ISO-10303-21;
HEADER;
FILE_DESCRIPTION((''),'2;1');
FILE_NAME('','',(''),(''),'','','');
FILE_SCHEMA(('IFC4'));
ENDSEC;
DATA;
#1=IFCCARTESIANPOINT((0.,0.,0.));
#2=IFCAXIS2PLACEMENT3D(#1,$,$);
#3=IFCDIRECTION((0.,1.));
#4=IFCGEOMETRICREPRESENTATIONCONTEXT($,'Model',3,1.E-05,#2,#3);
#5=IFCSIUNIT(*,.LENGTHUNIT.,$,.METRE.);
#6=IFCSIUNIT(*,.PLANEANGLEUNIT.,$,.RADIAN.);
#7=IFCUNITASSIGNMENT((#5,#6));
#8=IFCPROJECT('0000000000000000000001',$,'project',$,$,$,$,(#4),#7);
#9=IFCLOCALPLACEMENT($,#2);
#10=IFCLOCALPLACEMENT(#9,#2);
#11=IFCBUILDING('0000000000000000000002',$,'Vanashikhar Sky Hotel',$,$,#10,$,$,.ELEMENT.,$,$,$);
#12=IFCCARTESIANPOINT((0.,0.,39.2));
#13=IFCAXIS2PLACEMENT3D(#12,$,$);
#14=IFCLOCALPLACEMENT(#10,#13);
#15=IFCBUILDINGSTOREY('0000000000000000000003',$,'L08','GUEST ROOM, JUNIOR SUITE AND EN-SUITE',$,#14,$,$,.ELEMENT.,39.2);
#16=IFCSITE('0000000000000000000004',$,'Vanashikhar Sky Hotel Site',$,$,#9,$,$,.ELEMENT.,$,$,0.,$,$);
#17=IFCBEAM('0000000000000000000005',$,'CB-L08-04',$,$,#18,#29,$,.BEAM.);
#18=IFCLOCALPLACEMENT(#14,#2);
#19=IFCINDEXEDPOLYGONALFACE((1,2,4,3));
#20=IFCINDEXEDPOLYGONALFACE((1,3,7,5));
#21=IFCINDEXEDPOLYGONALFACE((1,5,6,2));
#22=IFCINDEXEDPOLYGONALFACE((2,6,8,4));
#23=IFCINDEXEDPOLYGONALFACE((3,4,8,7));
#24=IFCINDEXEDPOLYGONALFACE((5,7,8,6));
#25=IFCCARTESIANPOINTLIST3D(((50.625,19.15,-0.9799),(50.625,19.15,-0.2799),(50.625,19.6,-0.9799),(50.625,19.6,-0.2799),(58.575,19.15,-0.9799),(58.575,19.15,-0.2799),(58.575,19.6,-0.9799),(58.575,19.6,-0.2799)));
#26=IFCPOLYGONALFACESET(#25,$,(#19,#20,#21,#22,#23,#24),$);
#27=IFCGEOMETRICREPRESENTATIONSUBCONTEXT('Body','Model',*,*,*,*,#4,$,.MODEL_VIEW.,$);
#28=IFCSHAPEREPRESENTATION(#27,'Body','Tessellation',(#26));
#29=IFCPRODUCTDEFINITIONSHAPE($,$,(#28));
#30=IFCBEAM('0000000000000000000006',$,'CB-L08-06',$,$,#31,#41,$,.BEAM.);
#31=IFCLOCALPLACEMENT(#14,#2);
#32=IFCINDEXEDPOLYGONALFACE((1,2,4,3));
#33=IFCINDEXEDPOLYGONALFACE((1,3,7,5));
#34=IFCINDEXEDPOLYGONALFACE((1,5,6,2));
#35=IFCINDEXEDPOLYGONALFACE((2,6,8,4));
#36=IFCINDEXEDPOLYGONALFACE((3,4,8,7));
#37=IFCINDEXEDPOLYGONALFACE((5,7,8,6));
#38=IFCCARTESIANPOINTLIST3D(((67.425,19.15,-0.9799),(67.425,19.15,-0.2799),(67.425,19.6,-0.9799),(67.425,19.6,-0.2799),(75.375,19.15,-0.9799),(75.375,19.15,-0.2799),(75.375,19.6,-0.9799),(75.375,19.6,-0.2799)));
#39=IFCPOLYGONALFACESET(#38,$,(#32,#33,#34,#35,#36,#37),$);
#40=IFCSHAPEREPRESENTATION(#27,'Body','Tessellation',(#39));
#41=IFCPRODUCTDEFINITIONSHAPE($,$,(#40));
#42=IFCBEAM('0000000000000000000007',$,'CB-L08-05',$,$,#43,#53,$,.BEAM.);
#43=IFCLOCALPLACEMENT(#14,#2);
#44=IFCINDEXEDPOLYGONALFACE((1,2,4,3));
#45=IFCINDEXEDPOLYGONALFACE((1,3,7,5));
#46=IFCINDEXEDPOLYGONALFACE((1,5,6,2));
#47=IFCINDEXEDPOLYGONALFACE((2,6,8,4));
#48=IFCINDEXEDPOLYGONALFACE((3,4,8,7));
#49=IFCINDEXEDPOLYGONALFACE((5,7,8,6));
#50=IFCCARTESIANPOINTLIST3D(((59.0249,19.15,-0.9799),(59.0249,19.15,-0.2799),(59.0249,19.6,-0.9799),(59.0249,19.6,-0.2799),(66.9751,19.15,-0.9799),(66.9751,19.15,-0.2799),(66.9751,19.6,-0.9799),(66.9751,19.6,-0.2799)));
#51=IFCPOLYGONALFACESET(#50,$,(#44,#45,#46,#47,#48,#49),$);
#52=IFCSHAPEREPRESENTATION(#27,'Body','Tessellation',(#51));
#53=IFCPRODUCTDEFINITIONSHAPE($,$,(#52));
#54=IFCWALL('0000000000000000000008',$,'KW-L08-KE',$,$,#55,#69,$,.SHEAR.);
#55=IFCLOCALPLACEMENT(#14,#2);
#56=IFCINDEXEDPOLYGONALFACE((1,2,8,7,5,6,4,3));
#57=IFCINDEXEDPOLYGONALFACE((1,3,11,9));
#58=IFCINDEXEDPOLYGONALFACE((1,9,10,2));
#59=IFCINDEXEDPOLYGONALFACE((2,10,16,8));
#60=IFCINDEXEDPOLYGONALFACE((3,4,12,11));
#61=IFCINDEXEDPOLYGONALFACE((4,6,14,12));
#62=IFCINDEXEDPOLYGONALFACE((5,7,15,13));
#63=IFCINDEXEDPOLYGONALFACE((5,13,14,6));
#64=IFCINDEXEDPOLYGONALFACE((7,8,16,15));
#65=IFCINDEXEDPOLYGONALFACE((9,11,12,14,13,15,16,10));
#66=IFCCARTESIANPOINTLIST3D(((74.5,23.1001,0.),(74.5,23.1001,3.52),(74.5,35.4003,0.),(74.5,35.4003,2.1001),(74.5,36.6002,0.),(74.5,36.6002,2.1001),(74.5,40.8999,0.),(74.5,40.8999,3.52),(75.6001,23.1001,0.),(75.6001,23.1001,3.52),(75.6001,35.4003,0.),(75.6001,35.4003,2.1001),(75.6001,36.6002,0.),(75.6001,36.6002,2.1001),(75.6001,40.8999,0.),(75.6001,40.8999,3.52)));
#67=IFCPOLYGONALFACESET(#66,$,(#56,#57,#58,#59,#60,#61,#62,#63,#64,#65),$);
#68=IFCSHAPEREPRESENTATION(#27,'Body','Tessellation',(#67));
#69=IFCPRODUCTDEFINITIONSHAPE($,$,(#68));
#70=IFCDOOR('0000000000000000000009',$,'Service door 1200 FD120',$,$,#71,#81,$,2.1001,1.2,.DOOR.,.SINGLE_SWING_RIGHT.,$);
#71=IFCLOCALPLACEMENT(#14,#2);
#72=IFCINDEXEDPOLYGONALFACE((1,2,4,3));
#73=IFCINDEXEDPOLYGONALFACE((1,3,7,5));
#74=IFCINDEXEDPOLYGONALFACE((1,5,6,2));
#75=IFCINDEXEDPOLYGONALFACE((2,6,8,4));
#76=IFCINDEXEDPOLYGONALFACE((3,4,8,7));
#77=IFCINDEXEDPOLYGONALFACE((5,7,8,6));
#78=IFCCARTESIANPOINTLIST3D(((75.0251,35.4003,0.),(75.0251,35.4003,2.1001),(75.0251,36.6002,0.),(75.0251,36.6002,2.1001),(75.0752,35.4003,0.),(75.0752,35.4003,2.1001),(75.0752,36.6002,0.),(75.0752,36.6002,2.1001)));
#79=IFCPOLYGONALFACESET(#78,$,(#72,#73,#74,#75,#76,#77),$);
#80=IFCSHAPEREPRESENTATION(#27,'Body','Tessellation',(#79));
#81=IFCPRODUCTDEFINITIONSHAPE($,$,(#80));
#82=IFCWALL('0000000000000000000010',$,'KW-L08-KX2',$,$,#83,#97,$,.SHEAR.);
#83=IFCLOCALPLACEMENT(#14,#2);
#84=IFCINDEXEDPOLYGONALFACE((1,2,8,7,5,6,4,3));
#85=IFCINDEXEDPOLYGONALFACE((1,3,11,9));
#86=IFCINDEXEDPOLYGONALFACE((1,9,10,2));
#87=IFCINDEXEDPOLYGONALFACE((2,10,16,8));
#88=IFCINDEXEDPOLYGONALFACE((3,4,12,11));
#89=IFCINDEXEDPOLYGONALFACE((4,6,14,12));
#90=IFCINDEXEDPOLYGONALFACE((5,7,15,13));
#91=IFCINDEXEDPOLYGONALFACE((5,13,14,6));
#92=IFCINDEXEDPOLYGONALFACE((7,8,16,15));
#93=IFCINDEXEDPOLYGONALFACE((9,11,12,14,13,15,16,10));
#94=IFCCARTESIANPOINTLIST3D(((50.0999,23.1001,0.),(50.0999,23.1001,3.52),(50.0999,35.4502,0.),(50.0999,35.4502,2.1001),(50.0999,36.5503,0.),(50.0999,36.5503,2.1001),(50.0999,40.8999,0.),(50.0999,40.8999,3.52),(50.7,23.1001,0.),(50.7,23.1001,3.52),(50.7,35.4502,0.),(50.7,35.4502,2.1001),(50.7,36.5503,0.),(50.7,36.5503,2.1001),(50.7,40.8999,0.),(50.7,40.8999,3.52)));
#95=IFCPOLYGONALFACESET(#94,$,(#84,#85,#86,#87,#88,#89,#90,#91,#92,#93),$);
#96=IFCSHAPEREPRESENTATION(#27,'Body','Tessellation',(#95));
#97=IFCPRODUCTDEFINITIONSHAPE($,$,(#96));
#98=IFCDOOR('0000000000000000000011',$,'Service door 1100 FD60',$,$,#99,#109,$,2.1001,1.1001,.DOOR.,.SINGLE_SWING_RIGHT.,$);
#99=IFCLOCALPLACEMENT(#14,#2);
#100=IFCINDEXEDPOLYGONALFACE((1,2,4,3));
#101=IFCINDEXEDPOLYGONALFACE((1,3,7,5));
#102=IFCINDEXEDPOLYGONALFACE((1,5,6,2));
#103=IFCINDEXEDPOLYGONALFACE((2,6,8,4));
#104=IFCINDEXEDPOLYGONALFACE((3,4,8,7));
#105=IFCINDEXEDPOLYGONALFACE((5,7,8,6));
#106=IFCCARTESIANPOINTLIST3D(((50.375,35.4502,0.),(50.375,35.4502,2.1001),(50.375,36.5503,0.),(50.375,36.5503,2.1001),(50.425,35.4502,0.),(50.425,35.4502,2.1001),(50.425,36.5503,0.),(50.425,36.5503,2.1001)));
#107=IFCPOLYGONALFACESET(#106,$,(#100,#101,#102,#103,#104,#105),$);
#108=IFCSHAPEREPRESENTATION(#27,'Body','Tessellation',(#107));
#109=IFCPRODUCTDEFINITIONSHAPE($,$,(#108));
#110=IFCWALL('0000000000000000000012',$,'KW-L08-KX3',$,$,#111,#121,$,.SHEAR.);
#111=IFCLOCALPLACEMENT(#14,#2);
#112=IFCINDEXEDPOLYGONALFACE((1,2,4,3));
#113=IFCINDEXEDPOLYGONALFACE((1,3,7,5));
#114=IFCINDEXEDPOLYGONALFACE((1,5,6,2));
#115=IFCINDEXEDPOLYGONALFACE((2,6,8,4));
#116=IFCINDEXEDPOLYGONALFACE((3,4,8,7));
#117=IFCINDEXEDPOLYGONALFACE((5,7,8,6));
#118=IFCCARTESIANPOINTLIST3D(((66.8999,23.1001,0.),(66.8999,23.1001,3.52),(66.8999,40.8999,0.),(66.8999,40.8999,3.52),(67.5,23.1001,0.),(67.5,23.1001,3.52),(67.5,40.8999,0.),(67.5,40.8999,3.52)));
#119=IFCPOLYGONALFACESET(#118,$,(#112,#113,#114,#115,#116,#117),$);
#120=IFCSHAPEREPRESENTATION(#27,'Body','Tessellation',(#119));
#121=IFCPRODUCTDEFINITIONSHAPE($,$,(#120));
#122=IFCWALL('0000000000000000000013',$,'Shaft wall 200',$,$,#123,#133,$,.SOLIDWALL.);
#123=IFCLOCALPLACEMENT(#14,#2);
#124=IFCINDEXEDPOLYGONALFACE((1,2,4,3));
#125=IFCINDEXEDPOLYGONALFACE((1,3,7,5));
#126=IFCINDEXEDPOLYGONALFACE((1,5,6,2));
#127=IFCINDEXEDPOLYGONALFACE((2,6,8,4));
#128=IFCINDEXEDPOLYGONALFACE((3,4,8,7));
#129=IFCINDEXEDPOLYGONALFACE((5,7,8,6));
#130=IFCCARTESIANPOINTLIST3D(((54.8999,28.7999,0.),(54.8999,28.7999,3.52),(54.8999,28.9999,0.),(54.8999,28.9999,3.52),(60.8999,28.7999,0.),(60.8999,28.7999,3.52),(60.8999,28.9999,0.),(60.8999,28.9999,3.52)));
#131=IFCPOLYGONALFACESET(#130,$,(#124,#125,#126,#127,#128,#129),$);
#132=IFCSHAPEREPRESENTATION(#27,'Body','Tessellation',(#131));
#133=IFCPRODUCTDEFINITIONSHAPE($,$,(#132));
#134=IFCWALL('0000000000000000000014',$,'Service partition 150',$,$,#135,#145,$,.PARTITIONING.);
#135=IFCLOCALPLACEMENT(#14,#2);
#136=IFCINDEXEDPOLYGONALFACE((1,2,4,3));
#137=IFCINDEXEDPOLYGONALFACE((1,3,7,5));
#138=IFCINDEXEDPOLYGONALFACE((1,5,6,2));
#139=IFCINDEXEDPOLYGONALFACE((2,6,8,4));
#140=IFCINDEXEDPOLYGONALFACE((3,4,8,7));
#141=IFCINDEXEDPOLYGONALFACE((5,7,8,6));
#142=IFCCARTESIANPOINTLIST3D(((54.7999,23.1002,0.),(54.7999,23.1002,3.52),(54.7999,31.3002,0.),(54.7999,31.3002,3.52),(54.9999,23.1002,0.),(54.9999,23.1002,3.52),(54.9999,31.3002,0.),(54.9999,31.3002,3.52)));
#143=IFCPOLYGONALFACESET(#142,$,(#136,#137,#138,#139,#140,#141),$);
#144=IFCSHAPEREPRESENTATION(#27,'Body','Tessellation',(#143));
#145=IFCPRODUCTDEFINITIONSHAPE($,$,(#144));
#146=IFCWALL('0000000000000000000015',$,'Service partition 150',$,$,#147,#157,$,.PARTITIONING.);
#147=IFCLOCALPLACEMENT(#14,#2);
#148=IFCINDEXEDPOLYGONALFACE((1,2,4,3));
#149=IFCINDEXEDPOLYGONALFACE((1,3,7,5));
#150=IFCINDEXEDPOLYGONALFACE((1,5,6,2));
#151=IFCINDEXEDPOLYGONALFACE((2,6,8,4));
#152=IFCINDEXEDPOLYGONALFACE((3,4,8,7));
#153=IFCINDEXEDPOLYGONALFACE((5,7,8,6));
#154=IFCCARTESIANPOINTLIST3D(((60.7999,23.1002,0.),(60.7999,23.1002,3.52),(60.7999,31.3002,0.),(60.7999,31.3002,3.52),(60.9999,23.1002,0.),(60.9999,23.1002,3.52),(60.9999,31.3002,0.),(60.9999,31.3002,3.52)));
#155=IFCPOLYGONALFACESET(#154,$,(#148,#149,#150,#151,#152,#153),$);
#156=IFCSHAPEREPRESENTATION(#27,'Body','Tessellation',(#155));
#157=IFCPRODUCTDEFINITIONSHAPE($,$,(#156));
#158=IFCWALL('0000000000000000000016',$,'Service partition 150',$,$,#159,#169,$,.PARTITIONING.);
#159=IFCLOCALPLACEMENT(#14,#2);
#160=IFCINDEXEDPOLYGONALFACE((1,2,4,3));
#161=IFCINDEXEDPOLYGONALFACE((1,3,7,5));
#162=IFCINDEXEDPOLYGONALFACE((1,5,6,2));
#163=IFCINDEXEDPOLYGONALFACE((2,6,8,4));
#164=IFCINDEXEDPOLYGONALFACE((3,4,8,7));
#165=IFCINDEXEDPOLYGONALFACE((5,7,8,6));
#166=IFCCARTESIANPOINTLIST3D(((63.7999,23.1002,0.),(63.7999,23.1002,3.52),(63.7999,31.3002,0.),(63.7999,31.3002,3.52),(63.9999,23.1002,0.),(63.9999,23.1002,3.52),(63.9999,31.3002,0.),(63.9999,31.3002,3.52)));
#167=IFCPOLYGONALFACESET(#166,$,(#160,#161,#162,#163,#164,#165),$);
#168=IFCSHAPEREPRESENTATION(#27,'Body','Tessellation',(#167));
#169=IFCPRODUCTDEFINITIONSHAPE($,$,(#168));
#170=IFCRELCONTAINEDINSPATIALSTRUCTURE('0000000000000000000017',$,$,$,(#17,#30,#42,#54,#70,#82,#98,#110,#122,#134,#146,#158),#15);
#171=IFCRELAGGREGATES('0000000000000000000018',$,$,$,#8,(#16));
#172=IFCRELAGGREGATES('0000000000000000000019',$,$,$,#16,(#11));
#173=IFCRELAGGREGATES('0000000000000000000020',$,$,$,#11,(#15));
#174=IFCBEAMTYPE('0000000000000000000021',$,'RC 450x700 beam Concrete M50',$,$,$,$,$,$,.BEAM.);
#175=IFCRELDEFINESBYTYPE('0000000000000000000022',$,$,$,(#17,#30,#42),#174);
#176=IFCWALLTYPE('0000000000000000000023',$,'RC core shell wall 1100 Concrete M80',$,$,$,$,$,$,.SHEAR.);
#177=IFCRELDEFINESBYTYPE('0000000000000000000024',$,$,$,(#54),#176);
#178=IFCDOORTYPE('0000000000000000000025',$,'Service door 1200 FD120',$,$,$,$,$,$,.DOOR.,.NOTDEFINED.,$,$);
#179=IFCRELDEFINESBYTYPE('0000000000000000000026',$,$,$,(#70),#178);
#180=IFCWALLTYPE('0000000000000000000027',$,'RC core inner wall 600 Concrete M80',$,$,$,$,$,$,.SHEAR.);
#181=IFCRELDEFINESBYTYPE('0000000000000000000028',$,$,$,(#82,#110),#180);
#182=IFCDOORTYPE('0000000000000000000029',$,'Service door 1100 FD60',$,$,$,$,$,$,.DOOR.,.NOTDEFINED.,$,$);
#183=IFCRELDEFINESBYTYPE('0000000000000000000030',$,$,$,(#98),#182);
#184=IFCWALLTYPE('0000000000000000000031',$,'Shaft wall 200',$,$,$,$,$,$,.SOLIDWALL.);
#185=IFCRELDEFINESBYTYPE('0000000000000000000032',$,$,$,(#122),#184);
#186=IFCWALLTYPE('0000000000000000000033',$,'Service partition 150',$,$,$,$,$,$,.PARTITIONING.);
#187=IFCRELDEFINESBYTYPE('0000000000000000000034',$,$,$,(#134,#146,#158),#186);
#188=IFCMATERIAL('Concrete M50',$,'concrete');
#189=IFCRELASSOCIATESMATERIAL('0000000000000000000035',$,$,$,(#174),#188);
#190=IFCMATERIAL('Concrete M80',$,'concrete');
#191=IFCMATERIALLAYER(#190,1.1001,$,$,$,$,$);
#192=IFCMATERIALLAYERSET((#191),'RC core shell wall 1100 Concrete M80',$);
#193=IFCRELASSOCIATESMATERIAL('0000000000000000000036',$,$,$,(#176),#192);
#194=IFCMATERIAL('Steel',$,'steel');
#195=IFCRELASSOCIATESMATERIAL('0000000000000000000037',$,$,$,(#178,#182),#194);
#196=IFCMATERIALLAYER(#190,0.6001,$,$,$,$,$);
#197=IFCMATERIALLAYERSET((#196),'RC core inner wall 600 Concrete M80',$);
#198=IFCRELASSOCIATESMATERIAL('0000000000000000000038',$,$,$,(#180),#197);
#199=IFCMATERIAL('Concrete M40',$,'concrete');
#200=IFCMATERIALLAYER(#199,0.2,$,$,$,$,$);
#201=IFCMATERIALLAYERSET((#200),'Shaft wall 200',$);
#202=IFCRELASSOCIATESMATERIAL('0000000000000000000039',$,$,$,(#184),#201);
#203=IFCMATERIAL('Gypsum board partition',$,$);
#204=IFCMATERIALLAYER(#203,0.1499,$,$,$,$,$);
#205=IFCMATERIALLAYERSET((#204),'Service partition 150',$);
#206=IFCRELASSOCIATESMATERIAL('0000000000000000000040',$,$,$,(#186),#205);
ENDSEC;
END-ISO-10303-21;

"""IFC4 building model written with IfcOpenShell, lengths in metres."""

from ifc_helpers import new_model, si_unit, direction, frame, frame_2d, origin, origin_2d, place, context, subcontext, project, spatial, rectangle, extrude, source, transform, mapped, material, layer, layer_set, material_profile, profile_set, type_object, element, fill, save


model = new_model("IFC4")

# Units and contexts
model_context = context("Model", 3, precision=1e-05, world=origin(), true_north=direction((0.0, 1.0)))
body_context = subcontext(model_context, "Body", "Model", "MODEL_VIEW")
ifc_project = project(units=[si_unit("LENGTHUNIT", "METRE"), si_unit("PLANEANGLEUNIT", "RADIAN")], contexts=[model_context])

# Site, building, storey
site_placement = place(None, origin())
site = spatial("IfcSite", under=ifc_project, at=site_placement, Name="Vanashikhar Sky Hotel Site", CompositionType="ELEMENT", RefElevation=0.0)
building_placement = place(site_placement, origin())
building = spatial("IfcBuilding", under=site, at=building_placement, Name="Vanashikhar Sky Hotel", CompositionType="ELEMENT")
storey_placement = place(building_placement, frame((0.0, 0.0, 39.2)))
storey = spatial("IfcBuildingStorey", under=building, at=storey_placement, Name="L08", Description="GUEST ROOM, JUNIOR SUITE AND EN-SUITE", CompositionType="ELEMENT", Elevation=39.2)

# Beams
ifc_material_1 = material(Name="Concrete M50", Category="concrete")
ifc_material_profile = material_profile(ifc_material_1, rectangle(XDim=0.45, YDim=0.7, at=origin_2d()))
ifc_profile_set = profile_set([ifc_material_profile], Name="RC 450x700 beam Concrete M50")
beam_type = type_object("IfcBeamType", Name="RC 450x700 beam Concrete M50", PredefinedType="BEAM", material=ifc_profile_set)
shared_shape_1 = source(origin(), body_context, "Body", "SweptSolid", [
    extrude(rectangle(XDim=0.45, YDim=0.7, at=origin_2d()), origin(), (0.0, 0.0, 1.0), 7.95),
])
for number, where, z_axis, x_axis, name in (
    (1, (50.625, 19.375, -0.6299), (1.0, 0.0, 0.0), (0.0, 1.0, 0.0), "CB-L08-04"),
    (2, (67.425, 19.375, -0.6299), (1.0, 0.0, 0.0), (0.0, 1.0, 0.0), "CB-L08-06"),
):
    element("IfcBeam", number, at=place(storey_placement, frame(where, z_axis=z_axis, x_axis=x_axis)), inside=storey, type_object=beam_type, Name=name, PredefinedType="BEAM", context=body_context, shape_type="MappedRepresentation", body=[
        mapped(shared_shape_1, transform((0.0, 0.0, 0.0), scale=1.0)),
    ])
shared_shape_2 = source(origin(), body_context, "Body", "SweptSolid", [
    extrude(rectangle(XDim=0.45, YDim=0.7, at=origin_2d()), origin(), (0.0, 0.0, 1.0), 7.9502),
])
beam_placement = place(storey_placement, frame((59.0249, 19.375, -0.6299), z_axis=(1.0, 0.0, 0.0), x_axis=(0.0, 1.0, 0.0)))
element("IfcBeam", 3, at=beam_placement, inside=storey, type_object=beam_type, Name="CB-L08-05", PredefinedType="BEAM", context=body_context, shape_type="MappedRepresentation", body=[
    mapped(shared_shape_2, transform((0.0, 0.0, 0.0), scale=1.0)),
])

# Walls, openings, doors
ifc_material_2 = material(Name="Concrete M80", Category="concrete")
ifc_layer_1 = layer(ifc_material_2, 1.1001)
ifc_layer_set_1 = layer_set([ifc_layer_1], Name="RC core shell wall 1100 Concrete M80")
wall_type_1 = type_object("IfcWallType", Name="RC core shell wall 1100 Concrete M80", PredefinedType="SHEAR", material=ifc_layer_set_1)
shared_shape_3 = source(origin(), body_context, "Body", "SweptSolid", [
    extrude(rectangle(XDim=17.7998, YDim=1.1001, at=frame_2d((8.8999, 0.0))), origin(), (0.0, 0.0, 1.0), 3.52),
])
wall_1_placement = place(storey_placement, frame((75.05, 23.1001, 0.0), z_axis=(0.0, 0.0, 1.0), x_axis=(0.0, 1.0, 0.0)))
wall_1 = element("IfcWall", 4, at=wall_1_placement, inside=storey, type_object=wall_type_1, Name="KW-L08-KE", PredefinedType="SHEAR", context=body_context, shape_type="MappedRepresentation", body=[
    mapped(shared_shape_3, transform((0.0, 0.0, 0.0), scale=1.0)),
])
shared_shape_4 = source(origin(), body_context, "Body", "SweptSolid", [
    extrude(rectangle(XDim=1.2, YDim=2.1001, at=frame_2d((0.6001, 1.05))), frame((0.0, 0.5601, 0.0), z_axis=(0.0, -1.0, 0.0), x_axis=(1.0, 0.0, 0.0)), (0.0, 0.0, 1.0), 1.1201),
])
opening_1_placement = place(wall_1_placement, frame((12.3, 0.0, 0.0)))
opening_1 = element("IfcOpeningElement", 5, at=opening_1_placement, cuts=wall_1, PredefinedType="OPENING", context=body_context, shape_type="MappedRepresentation", body=[
    mapped(shared_shape_4, transform((0.0, 0.0, 0.0), scale=1.0)),
])
ifc_material_3 = material(Name="Steel", Category="steel")
door_type_1 = type_object("IfcDoorType", Name="Service door 1200 FD120", OperationType="NOTDEFINED", PredefinedType="DOOR", material=ifc_material_3)
shared_shape_5 = source(origin(), body_context, "Body", "SweptSolid", [
    extrude(rectangle(XDim=1.2, YDim=2.1001, at=frame_2d((0.6001, 1.05))), frame((0.0, 0.0249, 0.0), z_axis=(0.0, -1.0, 0.0), x_axis=(1.0, 0.0, 0.0)), (0.0, 0.0, 1.0), 0.05),
])
door_1_placement = place(opening_1_placement, origin())
door_1 = element("IfcDoor", 6, at=door_1_placement, inside=storey, type_object=door_type_1, Name="Service door 1200 FD120", OperationType="SINGLE_SWING_RIGHT", OverallHeight=2.1001, OverallWidth=1.2, PredefinedType="DOOR", context=body_context, shape_type="MappedRepresentation", body=[
    mapped(shared_shape_5, transform((0.0, 0.0, 0.0), scale=1.0)),
])
fill(opening_1, door_1)
ifc_layer_2 = layer(ifc_material_2, 0.6001)
ifc_layer_set_2 = layer_set([ifc_layer_2], Name="RC core inner wall 600 Concrete M80")
wall_type_2 = type_object("IfcWallType", Name="RC core inner wall 600 Concrete M80", PredefinedType="SHEAR", material=ifc_layer_set_2)
shared_shape_6 = source(origin(), body_context, "Body", "SweptSolid", [
    extrude(rectangle(XDim=17.7998, YDim=0.6001, at=frame_2d((8.8999, 0.0))), origin(), (0.0, 0.0, 1.0), 3.52),
])
wall_2_placement = place(storey_placement, frame((50.3999, 23.1001, 0.0), z_axis=(0.0, 0.0, 1.0), x_axis=(0.0, 1.0, 0.0)))
wall_2 = element("IfcWall", 7, at=wall_2_placement, inside=storey, type_object=wall_type_2, Name="KW-L08-KX2", PredefinedType="SHEAR", context=body_context, shape_type="MappedRepresentation", body=[
    mapped(shared_shape_6, transform((0.0, 0.0, 0.0), scale=1.0)),
])
shared_shape_7 = source(origin(), body_context, "Body", "SweptSolid", [
    extrude(rectangle(XDim=1.1001, YDim=2.1001, at=frame_2d((0.55, 1.05))), frame((0.0, 0.3101, 0.0), z_axis=(0.0, -1.0, 0.0), x_axis=(1.0, 0.0, 0.0)), (0.0, 0.0, 1.0), 0.6201),
])
opening_2_placement = place(wall_2_placement, frame((12.3501, 0.0, 0.0)))
opening_2 = element("IfcOpeningElement", 8, at=opening_2_placement, cuts=wall_2, PredefinedType="OPENING", context=body_context, shape_type="MappedRepresentation", body=[
    mapped(shared_shape_7, transform((0.0, 0.0, 0.0), scale=1.0)),
])
door_type_2 = type_object("IfcDoorType", Name="Service door 1100 FD60", OperationType="NOTDEFINED", PredefinedType="DOOR", material=ifc_material_3)
shared_shape_8 = source(origin(), body_context, "Body", "SweptSolid", [
    extrude(rectangle(XDim=1.1001, YDim=2.1001, at=frame_2d((0.55, 1.05))), frame((0.0, 0.0249, 0.0), z_axis=(0.0, -1.0, 0.0), x_axis=(1.0, 0.0, 0.0)), (0.0, 0.0, 1.0), 0.05),
])
door_2_placement = place(opening_2_placement, origin())
door_2 = element("IfcDoor", 9, at=door_2_placement, inside=storey, type_object=door_type_2, Name="Service door 1100 FD60", OperationType="SINGLE_SWING_RIGHT", OverallHeight=2.1001, OverallWidth=1.1001, PredefinedType="DOOR", context=body_context, shape_type="MappedRepresentation", body=[
    mapped(shared_shape_8, transform((0.0, 0.0, 0.0), scale=1.0)),
])
fill(opening_2, door_2)

# Walls
wall_3_placement = place(storey_placement, frame((67.2, 23.1001, 0.0), z_axis=(0.0, 0.0, 1.0), x_axis=(0.0, 1.0, 0.0)))
element("IfcWall", 10, at=wall_3_placement, inside=storey, type_object=wall_type_2, Name="KW-L08-KX3", PredefinedType="SHEAR", context=body_context, shape_type="MappedRepresentation", body=[
    mapped(shared_shape_6, transform((0.0, 0.0, 0.0), scale=1.0)),
])
ifc_material_4 = material(Name="Concrete M40", Category="concrete")
ifc_layer_3 = layer(ifc_material_4, 0.2)
ifc_layer_set_3 = layer_set([ifc_layer_3], Name="Shaft wall 200")
wall_type_3 = type_object("IfcWallType", Name="Shaft wall 200", PredefinedType="SOLIDWALL", material=ifc_layer_set_3)
shared_shape_9 = source(origin(), body_context, "Body", "SweptSolid", [
    extrude(rectangle(XDim=6.0, YDim=0.2, at=frame_2d((3.0, 0.0))), origin(), (0.0, 0.0, 1.0), 3.52),
])
wall_4_placement = place(storey_placement, frame((60.8999, 28.8999, 0.0), z_axis=(0.0, 0.0, 1.0), x_axis=(-1.0, 0.0, 0.0)))
element("IfcWall", 11, at=wall_4_placement, inside=storey, type_object=wall_type_3, Name="Shaft wall 200", PredefinedType="SOLIDWALL", context=body_context, shape_type="MappedRepresentation", body=[
    mapped(shared_shape_9, transform((0.0, 0.0, 0.0), scale=1.0)),
])
ifc_material_5 = material(Name="Gypsum board partition")
ifc_layer_4 = layer(ifc_material_5, 0.1499)
ifc_layer_set_4 = layer_set([ifc_layer_4], Name="Service partition 150")
wall_type_4 = type_object("IfcWallType", Name="Service partition 150", PredefinedType="PARTITIONING", material=ifc_layer_set_4)
shared_shape_10 = source(origin(), body_context, "Body", "SweptSolid", [
    extrude(rectangle(XDim=8.2, YDim=0.2, at=frame_2d((4.1001, 0.0))), origin(), (0.0, 0.0, 1.0), 3.52),
])
for number, where, z_axis, x_axis, name in (
    (12, (54.8999, 23.1001, 0.0), (0.0, 0.0, 1.0), (0.0, 1.0, 0.0), "Service partition 150"),
    (13, (60.8999, 23.1001, 0.0), (0.0, 0.0, 1.0), (0.0, 1.0, 0.0), "Service partition 150"),
    (14, (63.8999, 23.1001, 0.0), (0.0, 0.0, 1.0), (0.0, 1.0, 0.0), "Service partition 150"),
):
    element("IfcWall", number, at=place(storey_placement, frame(where, z_axis=z_axis, x_axis=x_axis)), inside=storey, type_object=wall_type_4, Name=name, PredefinedType="PARTITIONING", context=body_context, shape_type="MappedRepresentation", body=[
        mapped(shared_shape_10, transform((0.0, 0.0, 0.0), scale=1.0)),
    ])

save(model, "model.ifc")
